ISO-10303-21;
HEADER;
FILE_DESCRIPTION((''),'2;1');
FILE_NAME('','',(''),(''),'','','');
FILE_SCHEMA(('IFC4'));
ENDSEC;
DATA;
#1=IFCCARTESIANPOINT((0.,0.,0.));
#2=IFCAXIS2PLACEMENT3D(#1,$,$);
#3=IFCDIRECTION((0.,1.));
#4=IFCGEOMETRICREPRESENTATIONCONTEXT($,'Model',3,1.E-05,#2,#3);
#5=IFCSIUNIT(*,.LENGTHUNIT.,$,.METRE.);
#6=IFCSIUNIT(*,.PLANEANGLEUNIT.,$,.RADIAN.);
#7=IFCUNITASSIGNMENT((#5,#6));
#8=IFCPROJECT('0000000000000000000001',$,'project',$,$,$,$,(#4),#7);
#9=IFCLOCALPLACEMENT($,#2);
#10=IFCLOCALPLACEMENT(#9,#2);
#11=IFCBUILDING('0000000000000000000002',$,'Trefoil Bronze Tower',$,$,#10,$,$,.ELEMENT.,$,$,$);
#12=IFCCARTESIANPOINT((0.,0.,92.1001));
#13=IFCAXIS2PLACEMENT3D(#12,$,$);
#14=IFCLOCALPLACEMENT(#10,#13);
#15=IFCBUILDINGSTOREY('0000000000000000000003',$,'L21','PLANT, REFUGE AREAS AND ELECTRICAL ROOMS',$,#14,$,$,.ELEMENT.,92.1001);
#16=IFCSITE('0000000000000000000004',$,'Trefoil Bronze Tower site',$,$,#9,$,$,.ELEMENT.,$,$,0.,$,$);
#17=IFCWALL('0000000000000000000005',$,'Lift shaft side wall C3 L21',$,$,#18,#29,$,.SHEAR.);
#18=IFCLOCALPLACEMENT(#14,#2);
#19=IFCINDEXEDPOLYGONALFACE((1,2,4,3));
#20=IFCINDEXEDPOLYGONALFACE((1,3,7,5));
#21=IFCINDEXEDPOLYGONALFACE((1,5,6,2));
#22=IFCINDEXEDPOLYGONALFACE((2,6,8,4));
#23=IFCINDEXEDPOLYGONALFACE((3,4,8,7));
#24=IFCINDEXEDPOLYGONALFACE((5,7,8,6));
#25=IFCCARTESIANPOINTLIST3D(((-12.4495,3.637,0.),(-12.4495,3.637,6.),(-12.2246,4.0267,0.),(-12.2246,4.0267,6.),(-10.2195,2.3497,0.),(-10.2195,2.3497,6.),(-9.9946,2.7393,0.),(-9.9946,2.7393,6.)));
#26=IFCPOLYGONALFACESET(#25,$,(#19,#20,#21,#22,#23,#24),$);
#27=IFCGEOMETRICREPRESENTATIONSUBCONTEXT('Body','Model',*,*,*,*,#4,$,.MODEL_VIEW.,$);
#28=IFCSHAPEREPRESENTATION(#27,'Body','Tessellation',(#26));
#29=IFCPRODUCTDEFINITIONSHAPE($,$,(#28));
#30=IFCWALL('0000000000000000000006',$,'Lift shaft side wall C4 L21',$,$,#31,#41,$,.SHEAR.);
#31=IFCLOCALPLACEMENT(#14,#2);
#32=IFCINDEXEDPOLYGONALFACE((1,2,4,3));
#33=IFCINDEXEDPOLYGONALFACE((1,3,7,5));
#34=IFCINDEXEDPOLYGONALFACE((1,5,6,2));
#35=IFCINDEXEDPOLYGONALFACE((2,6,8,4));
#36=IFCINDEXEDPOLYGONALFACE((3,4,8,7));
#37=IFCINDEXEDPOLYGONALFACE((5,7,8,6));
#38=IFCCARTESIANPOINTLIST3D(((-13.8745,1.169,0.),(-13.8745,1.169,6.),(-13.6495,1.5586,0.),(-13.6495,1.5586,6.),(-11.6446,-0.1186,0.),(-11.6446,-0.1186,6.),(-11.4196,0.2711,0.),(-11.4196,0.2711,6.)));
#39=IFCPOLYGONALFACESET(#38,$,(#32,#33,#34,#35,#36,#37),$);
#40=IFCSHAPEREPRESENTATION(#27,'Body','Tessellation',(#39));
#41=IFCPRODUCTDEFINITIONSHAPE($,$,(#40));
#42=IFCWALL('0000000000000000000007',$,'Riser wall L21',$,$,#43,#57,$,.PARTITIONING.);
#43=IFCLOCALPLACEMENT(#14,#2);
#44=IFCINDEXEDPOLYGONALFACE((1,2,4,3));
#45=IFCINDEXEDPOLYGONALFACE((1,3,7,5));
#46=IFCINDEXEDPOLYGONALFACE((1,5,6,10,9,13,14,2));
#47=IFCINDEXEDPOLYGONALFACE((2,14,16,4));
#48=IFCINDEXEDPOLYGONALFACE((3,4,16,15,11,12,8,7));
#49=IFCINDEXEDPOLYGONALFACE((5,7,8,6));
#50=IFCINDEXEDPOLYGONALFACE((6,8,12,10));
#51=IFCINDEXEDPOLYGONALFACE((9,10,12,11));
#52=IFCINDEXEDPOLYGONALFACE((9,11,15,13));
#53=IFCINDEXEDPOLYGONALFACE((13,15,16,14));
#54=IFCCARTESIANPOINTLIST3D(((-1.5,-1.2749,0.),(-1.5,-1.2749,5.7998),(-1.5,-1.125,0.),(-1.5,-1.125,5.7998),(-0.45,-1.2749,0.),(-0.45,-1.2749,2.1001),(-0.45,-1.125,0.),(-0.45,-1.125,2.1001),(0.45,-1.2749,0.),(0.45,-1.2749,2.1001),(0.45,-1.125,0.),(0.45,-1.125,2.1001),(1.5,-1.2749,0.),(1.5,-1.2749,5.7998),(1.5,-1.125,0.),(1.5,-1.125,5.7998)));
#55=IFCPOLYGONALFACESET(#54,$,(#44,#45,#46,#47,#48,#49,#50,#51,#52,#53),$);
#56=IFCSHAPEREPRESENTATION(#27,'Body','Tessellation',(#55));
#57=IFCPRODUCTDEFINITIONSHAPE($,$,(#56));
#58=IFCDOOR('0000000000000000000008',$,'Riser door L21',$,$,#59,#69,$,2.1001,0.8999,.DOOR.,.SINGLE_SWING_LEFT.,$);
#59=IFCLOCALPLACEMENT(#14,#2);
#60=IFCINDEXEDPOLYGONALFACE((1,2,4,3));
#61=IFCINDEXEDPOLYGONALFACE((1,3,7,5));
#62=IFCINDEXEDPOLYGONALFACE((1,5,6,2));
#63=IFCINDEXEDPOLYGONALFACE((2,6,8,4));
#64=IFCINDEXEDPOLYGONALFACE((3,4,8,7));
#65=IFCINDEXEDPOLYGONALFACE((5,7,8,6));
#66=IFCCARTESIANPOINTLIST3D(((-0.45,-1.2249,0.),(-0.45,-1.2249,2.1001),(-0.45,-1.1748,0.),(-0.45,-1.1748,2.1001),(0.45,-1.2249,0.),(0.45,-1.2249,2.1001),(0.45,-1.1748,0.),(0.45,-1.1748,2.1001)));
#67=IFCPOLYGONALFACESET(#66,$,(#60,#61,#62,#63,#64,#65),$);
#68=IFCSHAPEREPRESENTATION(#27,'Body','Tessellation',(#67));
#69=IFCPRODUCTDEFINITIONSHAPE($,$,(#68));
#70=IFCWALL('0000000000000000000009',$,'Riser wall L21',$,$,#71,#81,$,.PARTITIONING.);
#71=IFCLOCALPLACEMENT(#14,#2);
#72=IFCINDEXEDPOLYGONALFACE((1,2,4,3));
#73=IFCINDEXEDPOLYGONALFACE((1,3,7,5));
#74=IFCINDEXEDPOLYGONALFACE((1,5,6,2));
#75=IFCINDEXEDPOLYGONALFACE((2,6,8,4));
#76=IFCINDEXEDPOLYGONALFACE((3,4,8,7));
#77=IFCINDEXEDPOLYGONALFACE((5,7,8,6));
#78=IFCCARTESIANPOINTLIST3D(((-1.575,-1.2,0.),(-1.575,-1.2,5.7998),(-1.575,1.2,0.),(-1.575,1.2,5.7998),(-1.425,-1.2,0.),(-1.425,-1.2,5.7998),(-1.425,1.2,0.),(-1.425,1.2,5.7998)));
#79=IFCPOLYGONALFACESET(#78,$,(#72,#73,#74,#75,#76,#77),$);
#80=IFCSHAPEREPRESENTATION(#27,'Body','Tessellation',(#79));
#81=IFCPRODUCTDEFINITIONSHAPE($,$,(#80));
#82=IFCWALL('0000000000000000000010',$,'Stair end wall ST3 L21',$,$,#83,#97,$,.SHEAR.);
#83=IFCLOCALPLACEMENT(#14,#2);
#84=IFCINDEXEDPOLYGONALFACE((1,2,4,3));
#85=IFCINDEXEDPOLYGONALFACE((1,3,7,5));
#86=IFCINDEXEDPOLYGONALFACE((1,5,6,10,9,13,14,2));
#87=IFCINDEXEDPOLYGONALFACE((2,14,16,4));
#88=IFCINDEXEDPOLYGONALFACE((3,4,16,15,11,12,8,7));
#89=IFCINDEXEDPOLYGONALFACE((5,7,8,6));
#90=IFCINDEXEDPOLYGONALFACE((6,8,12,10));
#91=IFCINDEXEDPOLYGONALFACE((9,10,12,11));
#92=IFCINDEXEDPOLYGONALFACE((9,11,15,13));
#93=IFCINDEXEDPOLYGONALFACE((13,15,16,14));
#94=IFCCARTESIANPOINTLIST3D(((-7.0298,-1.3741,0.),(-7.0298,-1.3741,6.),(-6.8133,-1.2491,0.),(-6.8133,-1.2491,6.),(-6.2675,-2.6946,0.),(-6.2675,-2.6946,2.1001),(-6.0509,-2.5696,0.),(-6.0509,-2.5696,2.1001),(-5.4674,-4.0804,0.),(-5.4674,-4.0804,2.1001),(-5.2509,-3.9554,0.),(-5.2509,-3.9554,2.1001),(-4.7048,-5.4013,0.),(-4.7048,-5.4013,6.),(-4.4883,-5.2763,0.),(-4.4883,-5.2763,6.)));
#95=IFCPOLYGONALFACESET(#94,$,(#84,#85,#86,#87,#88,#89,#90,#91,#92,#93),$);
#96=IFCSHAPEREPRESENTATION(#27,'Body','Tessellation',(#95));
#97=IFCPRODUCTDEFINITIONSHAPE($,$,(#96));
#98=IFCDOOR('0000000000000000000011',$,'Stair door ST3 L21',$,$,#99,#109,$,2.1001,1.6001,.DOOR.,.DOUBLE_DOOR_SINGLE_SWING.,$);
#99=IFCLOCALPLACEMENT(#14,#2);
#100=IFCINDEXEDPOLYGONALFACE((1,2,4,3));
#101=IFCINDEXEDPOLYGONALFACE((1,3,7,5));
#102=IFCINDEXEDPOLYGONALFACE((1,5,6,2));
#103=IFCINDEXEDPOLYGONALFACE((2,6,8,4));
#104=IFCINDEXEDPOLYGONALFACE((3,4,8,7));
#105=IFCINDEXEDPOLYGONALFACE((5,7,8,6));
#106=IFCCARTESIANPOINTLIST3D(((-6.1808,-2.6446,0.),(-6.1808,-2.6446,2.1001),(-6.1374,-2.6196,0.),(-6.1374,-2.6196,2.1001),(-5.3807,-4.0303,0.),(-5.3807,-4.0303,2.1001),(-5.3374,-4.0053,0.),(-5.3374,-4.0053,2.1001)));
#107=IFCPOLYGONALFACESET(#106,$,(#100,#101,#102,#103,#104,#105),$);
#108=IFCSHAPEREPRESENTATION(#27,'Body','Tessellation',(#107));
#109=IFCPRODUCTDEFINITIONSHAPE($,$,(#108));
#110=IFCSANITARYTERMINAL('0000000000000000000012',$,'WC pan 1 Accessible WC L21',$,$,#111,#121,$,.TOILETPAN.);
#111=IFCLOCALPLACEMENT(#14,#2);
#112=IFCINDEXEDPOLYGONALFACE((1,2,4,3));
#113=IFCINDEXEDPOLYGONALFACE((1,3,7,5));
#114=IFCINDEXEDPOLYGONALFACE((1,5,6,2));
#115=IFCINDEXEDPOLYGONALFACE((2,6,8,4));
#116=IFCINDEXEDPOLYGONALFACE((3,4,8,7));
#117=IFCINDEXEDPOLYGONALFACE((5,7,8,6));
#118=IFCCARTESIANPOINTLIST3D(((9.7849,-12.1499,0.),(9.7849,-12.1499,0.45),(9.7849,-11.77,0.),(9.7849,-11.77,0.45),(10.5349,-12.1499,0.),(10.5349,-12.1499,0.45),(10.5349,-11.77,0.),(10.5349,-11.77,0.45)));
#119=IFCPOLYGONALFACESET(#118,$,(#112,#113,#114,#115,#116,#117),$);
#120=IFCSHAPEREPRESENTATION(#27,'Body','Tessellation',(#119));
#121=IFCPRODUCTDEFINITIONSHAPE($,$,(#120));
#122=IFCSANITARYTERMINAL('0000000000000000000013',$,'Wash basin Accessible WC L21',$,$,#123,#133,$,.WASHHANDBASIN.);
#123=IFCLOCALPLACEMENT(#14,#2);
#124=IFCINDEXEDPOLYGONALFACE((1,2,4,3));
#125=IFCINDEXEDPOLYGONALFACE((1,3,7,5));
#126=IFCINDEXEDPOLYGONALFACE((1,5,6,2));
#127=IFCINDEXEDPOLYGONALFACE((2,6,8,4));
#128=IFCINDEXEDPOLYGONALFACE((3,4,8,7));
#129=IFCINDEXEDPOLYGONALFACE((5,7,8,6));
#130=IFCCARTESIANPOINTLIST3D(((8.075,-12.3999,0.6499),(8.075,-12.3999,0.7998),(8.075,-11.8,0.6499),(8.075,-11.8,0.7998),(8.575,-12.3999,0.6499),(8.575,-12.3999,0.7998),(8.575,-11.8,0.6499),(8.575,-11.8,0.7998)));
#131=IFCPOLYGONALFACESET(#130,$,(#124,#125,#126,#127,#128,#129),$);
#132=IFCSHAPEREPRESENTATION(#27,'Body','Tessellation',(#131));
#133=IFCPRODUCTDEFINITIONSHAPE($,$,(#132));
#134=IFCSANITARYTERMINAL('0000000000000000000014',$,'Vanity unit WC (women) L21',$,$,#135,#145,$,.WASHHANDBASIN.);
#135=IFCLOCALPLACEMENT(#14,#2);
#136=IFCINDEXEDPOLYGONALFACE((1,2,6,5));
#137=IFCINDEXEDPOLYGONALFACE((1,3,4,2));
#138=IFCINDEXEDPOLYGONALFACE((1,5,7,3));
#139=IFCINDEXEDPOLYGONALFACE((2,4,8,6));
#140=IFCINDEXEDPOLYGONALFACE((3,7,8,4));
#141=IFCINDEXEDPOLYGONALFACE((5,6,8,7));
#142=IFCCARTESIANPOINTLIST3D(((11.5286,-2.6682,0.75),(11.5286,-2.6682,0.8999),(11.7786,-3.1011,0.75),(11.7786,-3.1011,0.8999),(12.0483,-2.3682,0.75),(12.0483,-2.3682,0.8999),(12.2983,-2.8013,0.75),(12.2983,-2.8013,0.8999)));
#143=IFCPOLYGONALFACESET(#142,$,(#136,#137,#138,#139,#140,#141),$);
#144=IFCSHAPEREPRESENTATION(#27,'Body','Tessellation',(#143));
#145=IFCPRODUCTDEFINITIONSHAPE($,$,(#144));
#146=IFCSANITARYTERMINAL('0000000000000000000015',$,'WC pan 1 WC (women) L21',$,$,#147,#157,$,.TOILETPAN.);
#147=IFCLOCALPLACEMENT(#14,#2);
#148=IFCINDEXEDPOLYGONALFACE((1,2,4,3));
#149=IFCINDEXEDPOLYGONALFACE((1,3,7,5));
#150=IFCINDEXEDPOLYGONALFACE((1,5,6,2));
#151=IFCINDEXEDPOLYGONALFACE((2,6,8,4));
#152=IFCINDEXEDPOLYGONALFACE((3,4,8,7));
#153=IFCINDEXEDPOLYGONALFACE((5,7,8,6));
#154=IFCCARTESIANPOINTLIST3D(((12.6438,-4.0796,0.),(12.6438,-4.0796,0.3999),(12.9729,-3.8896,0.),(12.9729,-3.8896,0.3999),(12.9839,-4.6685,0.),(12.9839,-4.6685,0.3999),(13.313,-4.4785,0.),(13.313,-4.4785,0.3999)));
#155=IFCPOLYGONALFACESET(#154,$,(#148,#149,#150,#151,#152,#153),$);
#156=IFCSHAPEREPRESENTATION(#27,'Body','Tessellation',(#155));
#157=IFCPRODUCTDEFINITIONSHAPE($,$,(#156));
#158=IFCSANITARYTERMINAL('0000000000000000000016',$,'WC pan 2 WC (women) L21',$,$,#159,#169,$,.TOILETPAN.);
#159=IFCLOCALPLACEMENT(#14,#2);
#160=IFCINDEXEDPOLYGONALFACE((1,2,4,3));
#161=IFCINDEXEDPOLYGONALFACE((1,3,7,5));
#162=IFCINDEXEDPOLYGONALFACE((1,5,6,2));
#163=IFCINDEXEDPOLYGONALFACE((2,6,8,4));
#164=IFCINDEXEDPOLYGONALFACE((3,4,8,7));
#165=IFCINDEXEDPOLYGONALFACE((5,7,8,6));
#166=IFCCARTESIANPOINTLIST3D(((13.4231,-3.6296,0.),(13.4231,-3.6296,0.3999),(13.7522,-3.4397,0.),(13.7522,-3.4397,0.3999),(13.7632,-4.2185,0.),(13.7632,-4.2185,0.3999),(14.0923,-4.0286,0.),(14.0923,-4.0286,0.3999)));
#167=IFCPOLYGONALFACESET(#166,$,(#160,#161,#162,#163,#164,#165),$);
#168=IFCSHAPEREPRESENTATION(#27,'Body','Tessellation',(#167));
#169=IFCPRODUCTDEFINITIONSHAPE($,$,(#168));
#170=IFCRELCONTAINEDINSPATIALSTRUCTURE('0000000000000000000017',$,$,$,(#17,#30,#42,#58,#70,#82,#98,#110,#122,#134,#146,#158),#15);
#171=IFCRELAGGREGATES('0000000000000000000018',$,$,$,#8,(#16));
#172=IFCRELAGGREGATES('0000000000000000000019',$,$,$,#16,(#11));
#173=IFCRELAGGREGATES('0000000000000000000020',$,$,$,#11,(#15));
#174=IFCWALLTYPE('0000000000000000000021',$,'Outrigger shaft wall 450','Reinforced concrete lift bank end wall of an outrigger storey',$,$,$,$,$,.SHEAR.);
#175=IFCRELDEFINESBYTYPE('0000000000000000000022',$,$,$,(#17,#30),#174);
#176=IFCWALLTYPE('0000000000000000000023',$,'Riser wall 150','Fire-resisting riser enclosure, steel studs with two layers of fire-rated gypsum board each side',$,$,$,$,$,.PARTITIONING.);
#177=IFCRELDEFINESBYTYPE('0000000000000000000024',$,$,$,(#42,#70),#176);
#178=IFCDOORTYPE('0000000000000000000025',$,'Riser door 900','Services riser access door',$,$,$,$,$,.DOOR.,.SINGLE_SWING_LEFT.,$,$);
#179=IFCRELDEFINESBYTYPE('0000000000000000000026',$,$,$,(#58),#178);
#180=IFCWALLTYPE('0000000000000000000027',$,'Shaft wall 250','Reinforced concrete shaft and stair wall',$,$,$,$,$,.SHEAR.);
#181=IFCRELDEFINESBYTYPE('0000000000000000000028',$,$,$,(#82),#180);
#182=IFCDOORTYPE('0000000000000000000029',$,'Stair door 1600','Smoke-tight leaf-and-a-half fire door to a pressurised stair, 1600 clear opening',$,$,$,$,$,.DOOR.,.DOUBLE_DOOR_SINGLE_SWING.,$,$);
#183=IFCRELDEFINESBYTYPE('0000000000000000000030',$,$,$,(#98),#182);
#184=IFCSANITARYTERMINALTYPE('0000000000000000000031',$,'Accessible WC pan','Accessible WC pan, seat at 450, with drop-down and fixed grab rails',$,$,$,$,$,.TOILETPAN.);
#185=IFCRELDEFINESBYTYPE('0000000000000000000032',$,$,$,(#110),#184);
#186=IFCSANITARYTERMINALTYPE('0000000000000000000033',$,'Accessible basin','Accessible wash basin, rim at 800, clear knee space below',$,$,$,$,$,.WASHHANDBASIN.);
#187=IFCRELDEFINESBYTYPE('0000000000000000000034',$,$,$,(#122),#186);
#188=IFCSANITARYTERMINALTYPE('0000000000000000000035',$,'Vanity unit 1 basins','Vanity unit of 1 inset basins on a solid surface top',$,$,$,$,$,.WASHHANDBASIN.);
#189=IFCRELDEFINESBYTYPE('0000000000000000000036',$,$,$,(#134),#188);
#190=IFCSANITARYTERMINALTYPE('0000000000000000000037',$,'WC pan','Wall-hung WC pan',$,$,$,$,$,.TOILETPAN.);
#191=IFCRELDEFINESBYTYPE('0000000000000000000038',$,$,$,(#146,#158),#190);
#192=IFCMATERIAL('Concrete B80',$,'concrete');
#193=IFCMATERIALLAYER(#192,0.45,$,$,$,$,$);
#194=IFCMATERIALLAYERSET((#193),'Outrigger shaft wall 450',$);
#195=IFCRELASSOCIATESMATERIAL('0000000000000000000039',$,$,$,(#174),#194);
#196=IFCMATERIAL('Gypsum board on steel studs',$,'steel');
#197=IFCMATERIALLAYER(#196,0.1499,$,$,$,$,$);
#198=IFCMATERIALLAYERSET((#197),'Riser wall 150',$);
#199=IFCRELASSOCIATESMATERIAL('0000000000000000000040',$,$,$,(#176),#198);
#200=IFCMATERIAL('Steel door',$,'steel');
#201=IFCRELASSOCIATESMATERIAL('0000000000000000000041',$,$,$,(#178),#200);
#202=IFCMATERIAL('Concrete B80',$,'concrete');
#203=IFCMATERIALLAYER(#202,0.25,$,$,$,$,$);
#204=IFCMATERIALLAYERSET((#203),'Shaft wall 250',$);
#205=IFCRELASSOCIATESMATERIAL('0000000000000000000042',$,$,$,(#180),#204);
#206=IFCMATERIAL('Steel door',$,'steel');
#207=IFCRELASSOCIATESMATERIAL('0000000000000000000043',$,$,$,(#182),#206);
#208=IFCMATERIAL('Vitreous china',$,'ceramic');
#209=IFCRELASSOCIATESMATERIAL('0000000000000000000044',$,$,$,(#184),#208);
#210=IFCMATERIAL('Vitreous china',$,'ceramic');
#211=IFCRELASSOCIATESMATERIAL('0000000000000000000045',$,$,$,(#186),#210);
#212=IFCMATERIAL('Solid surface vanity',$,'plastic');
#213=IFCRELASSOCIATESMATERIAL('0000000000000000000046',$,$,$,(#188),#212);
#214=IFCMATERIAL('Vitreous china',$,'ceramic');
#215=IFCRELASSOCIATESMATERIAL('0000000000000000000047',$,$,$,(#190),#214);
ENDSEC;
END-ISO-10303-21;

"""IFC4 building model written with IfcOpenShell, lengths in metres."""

from ifc_helpers import new_model, si_unit, direction, frame, frame_2d, origin, place, context, subcontext, project, spatial, polyline, rectangle, outline, extrude, material, layer, layer_set, type_object, element, fill, save


model = new_model("IFC4")

# Units and contexts
model_context = context("Model", 3, precision=1e-05, world=origin(), true_north=direction((0.0, 1.0)))
body_context = subcontext(model_context, "Body", "Model", "MODEL_VIEW")
ifc_project = project(units=[si_unit("LENGTHUNIT", "METRE"), si_unit("PLANEANGLEUNIT", "RADIAN")], contexts=[model_context])

# Site, building, storey
site_placement = place(None, origin())
site = spatial("IfcSite", under=ifc_project, at=site_placement, Name="Trefoil Bronze Tower site", CompositionType="ELEMENT", RefElevation=0.0)
building_placement = place(site_placement, origin())
building = spatial("IfcBuilding", under=site, at=building_placement, Name="Trefoil Bronze Tower", CompositionType="ELEMENT")
storey_placement = place(building_placement, frame((0.0, 0.0, 92.1001)))
storey = spatial("IfcBuildingStorey", under=building, at=storey_placement, Name="L21", Description="PLANT, REFUGE AREAS AND ELECTRICAL ROOMS", CompositionType="ELEMENT", Elevation=92.1001)

# Walls
ifc_material_1 = material(Name="Concrete B80", Category="concrete")
ifc_layer_1 = layer(ifc_material_1, 0.45)
ifc_layer_set_1 = layer_set([ifc_layer_1], Name="Outrigger shaft wall 450")
wall_type_1 = type_object("IfcWallType", Name="Outrigger shaft wall 450", Description="Reinforced concrete lift bank end wall of an outrigger storey", PredefinedType="SHEAR", material=ifc_layer_set_1)
for number, where, z_axis, x_axis, name in (
    (1, (-10.1069, 2.5444, 0.0), (0.0, 0.0, 1.0), (-0.866047, 0.499963, 0.0), "Lift shaft side wall C3 L21"),
    (2, (-11.532, 0.0762, 0.0), (0.0, 0.0, 1.0), (-0.866006, 0.500034, 0.0), "Lift shaft side wall C4 L21"),
):
    element("IfcWall", number, at=place(storey_placement, frame(where, z_axis=z_axis, x_axis=x_axis)), inside=storey, type_object=wall_type_1, Name=name, PredefinedType="SHEAR", context=body_context, shape_type="SweptSolid", body=[
        extrude(rectangle(XDim=2.575, YDim=0.45, at=frame_2d((1.2876, 0.0))), origin(), (0.0, 0.0, 1.0), 6.0),
    ])

# Wall, opening, door
ifc_material_2 = material(Name="Gypsum board on steel studs", Category="steel")
ifc_layer_2 = layer(ifc_material_2, 0.1499)
ifc_layer_set_2 = layer_set([ifc_layer_2], Name="Riser wall 150")
wall_type_2 = type_object("IfcWallType", Name="Riser wall 150", Description="Fire-resisting riser enclosure, steel studs with two layers of fire-rated gypsum board each side", PredefinedType="PARTITIONING", material=ifc_layer_set_2)
wall_1_placement = place(storey_placement, frame((-1.5, -1.2, 0.0), z_axis=(0.0, 0.0, 1.0), x_axis=(1.0, 0.0, 0.0)))
wall_1 = element("IfcWall", 3, at=wall_1_placement, inside=storey, type_object=wall_type_2, Name="Riser wall L21", PredefinedType="PARTITIONING", context=body_context, shape_type="SweptSolid", body=[
    extrude(rectangle(XDim=3.0, YDim=0.1499, at=frame_2d((1.5, 0.0))), origin(), (0.0, 0.0, 1.0), 5.7998),
])
opening_1_placement = place(wall_1_placement, frame((1.05, 0.0, 0.0)))
opening_1 = element("IfcOpeningElement", 4, at=opening_1_placement, cuts=wall_1, PredefinedType="OPENING", context=body_context, shape_type="SweptSolid", body=[
    extrude(rectangle(XDim=0.8999, YDim=2.1001, at=frame_2d((0.45, 1.05))), frame((0.0, 0.085, 0.0), z_axis=(0.0, -1.0, 0.0), x_axis=(1.0, 0.0, 0.0)), (0.0, 0.0, 1.0), 0.1699),
])
ifc_material_3 = material(Name="Steel door", Category="steel")
door_type_1 = type_object("IfcDoorType", Name="Riser door 900", Description="Services riser access door", OperationType="SINGLE_SWING_LEFT", PredefinedType="DOOR", material=ifc_material_3)
door_1_placement = place(opening_1_placement, frame((0.8999, 0.0, 0.0), z_axis=(0.0, 0.0, 1.0), x_axis=(-1.0, 0.0, 0.0)))
door_1 = element("IfcDoor", 5, at=door_1_placement, inside=storey, type_object=door_type_1, Name="Riser door L21", OperationType="SINGLE_SWING_LEFT", OverallHeight=2.1001, OverallWidth=0.8999, PredefinedType="DOOR", context=body_context, shape_type="SweptSolid", body=[
    extrude(rectangle(XDim=0.8999, YDim=2.1001, at=frame_2d((0.45, 1.05))), frame((0.0, 0.0249, 0.0), z_axis=(0.0, -1.0, 0.0), x_axis=(1.0, 0.0, 0.0)), (0.0, 0.0, 1.0), 0.05),
])
fill(opening_1, door_1)

# Wall
wall_2_placement = place(storey_placement, frame((-1.5, 1.2, 0.0), z_axis=(0.0, 0.0, 1.0), x_axis=(0.0, -1.0, 0.0)))
element("IfcWall", 6, at=wall_2_placement, inside=storey, type_object=wall_type_2, Name="Riser wall L21", PredefinedType="PARTITIONING", context=body_context, shape_type="SweptSolid", body=[
    extrude(rectangle(XDim=2.3999, YDim=0.1499, at=frame_2d((1.2, 0.0))), origin(), (0.0, 0.0, 1.0), 5.7998),
])

# Wall, opening, door
ifc_material_4 = material(Name="Concrete B80", Category="concrete")
ifc_layer_3 = layer(ifc_material_4, 0.25)
ifc_layer_set_3 = layer_set([ifc_layer_3], Name="Shaft wall 250")
wall_type_3 = type_object("IfcWallType", Name="Shaft wall 250", Description="Reinforced concrete shaft and stair wall", PredefinedType="SHEAR", material=ifc_layer_set_3)
wall_3_placement = place(storey_placement, frame((-6.9216, -1.3115, 0.0), z_axis=(0.0, 0.0, 1.0), x_axis=(0.499985, -0.866034, 0.0)))
wall_3 = element("IfcWall", 7, at=wall_3_placement, inside=storey, type_object=wall_type_3, Name="Stair end wall ST3 L21", PredefinedType="SHEAR", context=body_context, shape_type="SweptSolid", body=[
    extrude(rectangle(XDim=4.6501, YDim=0.25, at=frame_2d((2.3252, 0.0))), origin(), (0.0, 0.0, 1.0), 6.0),
])
opening_2_placement = place(wall_3_placement, frame((1.5249, 0.0, 0.0)))
opening_2 = element("IfcOpeningElement", 8, at=opening_2_placement, cuts=wall_3, PredefinedType="OPENING", context=body_context, shape_type="SweptSolid", body=[
    extrude(rectangle(XDim=1.6001, YDim=2.1001, at=frame_2d((0.8, 1.05))), frame((0.0, 0.135, 0.0), z_axis=(0.0, -1.0, 0.0), x_axis=(1.0, 0.0, 0.0)), (0.0, 0.0, 1.0), 0.27),
])
ifc_material_5 = material(Name="Steel door", Category="steel")
door_type_2 = type_object("IfcDoorType", Name="Stair door 1600", Description="Smoke-tight leaf-and-a-half fire door to a pressurised stair, 1600 clear opening", OperationType="DOUBLE_DOOR_SINGLE_SWING", PredefinedType="DOOR", material=ifc_material_5)
door_2_placement = place(opening_2_placement, frame((1.6001, 0.0, 0.0), z_axis=(0.0, 0.0, 1.0), x_axis=(-1.0, 0.0, 0.0)))
door_2 = element("IfcDoor", 9, at=door_2_placement, inside=storey, type_object=door_type_2, Name="Stair door ST3 L21", OperationType="DOUBLE_DOOR_SINGLE_SWING", OverallHeight=2.1001, OverallWidth=1.6001, PredefinedType="DOOR", context=body_context, shape_type="SweptSolid", body=[
    extrude(rectangle(XDim=1.6001, YDim=2.1001, at=frame_2d((0.8, 1.05))), frame((0.0, 0.0249, 0.0), z_axis=(0.0, -1.0, 0.0), x_axis=(1.0, 0.0, 0.0)), (0.0, 0.0, 1.0), 0.05),
])
fill(opening_2, door_2)

# Sanitary terminals
ifc_material_6 = material(Name="Vitreous china", Category="ceramic")
sanitary_terminal_type_1 = type_object("IfcSanitaryTerminalType", Name="Accessible WC pan", Description="Accessible WC pan, seat at 450, with drop-down and fixed grab rails", PredefinedType="TOILETPAN", material=ifc_material_6)
sanitary_terminal_1_placement = place(storey_placement, origin())
element("IfcSanitaryTerminal", 10, at=sanitary_terminal_1_placement, inside=storey, type_object=sanitary_terminal_type_1, Name="WC pan 1 Accessible WC L21", PredefinedType="TOILETPAN", context=body_context, shape_type="SweptSolid", body=[
    extrude(outline(polyline([(9.7849, -11.77), (10.5349, -11.77), (10.5349, -12.1499), (9.7849, -12.1499), (9.7849, -11.77)])), origin(), (0.0, 0.0, 1.0), 0.45),
])
ifc_material_7 = material(Name="Vitreous china", Category="ceramic")
sanitary_terminal_type_2 = type_object("IfcSanitaryTerminalType", Name="Accessible basin", Description="Accessible wash basin, rim at 800, clear knee space below", PredefinedType="WASHHANDBASIN", material=ifc_material_7)
sanitary_terminal_2_placement = place(storey_placement, frame((0.0, 0.0, 0.6499)))
element("IfcSanitaryTerminal", 11, at=sanitary_terminal_2_placement, inside=storey, type_object=sanitary_terminal_type_2, Name="Wash basin Accessible WC L21", PredefinedType="WASHHANDBASIN", context=body_context, shape_type="SweptSolid", body=[
    extrude(outline(polyline([(8.075, -11.8), (8.575, -11.8), (8.575, -12.3999), (8.075, -12.3999), (8.075, -11.8)])), origin(), (0.0, 0.0, 1.0), 0.1499),
])
ifc_material_8 = material(Name="Solid surface vanity", Category="plastic")
sanitary_terminal_type_3 = type_object("IfcSanitaryTerminalType", Name="Vanity unit 1 basins", Description="Vanity unit of 1 inset basins on a solid surface top", PredefinedType="WASHHANDBASIN", material=ifc_material_8)
sanitary_terminal_3_placement = place(storey_placement, frame((0.0, 0.0, 0.75)))
element("IfcSanitaryTerminal", 12, at=sanitary_terminal_3_placement, inside=storey, type_object=sanitary_terminal_type_3, Name="Vanity unit WC (women) L21", PredefinedType="WASHHANDBASIN", context=body_context, shape_type="SweptSolid", body=[
    extrude(outline(polyline([(11.5286, -2.6682), (11.7786, -3.1011), (12.2983, -2.8013), (12.0483, -2.3682), (11.5286, -2.6682)])), origin(), (0.0, 0.0, 1.0), 0.1499),
])
ifc_material_9 = material(Name="Vitreous china", Category="ceramic")
sanitary_terminal_type_4 = type_object("IfcSanitaryTerminalType", Name="WC pan", Description="Wall-hung WC pan", PredefinedType="TOILETPAN", material=ifc_material_9)
sanitary_terminal_4_placement = place(storey_placement, origin())
element("IfcSanitaryTerminal", 13, at=sanitary_terminal_4_placement, inside=storey, type_object=sanitary_terminal_type_4, Name="WC pan 1 WC (women) L21", PredefinedType="TOILETPAN", context=body_context, shape_type="SweptSolid", body=[
    extrude(outline(polyline([(12.6438, -4.0796), (12.9839, -4.6685), (13.313, -4.4785), (12.9729, -3.8896), (12.6438, -4.0796)])), origin(), (0.0, 0.0, 1.0), 0.3999),
])
sanitary_terminal_5_placement = place(storey_placement, origin())
element("IfcSanitaryTerminal", 14, at=sanitary_terminal_5_placement, inside=storey, type_object=sanitary_terminal_type_4, Name="WC pan 2 WC (women) L21", PredefinedType="TOILETPAN", context=body_context, shape_type="SweptSolid", body=[
    extrude(outline(polyline([(13.4231, -3.6296), (13.7632, -4.2185), (14.0923, -4.0286), (13.7522, -3.4397), (13.4231, -3.6296)])), origin(), (0.0, 0.0, 1.0), 0.3999),
])

save(model, "model.ifc")
